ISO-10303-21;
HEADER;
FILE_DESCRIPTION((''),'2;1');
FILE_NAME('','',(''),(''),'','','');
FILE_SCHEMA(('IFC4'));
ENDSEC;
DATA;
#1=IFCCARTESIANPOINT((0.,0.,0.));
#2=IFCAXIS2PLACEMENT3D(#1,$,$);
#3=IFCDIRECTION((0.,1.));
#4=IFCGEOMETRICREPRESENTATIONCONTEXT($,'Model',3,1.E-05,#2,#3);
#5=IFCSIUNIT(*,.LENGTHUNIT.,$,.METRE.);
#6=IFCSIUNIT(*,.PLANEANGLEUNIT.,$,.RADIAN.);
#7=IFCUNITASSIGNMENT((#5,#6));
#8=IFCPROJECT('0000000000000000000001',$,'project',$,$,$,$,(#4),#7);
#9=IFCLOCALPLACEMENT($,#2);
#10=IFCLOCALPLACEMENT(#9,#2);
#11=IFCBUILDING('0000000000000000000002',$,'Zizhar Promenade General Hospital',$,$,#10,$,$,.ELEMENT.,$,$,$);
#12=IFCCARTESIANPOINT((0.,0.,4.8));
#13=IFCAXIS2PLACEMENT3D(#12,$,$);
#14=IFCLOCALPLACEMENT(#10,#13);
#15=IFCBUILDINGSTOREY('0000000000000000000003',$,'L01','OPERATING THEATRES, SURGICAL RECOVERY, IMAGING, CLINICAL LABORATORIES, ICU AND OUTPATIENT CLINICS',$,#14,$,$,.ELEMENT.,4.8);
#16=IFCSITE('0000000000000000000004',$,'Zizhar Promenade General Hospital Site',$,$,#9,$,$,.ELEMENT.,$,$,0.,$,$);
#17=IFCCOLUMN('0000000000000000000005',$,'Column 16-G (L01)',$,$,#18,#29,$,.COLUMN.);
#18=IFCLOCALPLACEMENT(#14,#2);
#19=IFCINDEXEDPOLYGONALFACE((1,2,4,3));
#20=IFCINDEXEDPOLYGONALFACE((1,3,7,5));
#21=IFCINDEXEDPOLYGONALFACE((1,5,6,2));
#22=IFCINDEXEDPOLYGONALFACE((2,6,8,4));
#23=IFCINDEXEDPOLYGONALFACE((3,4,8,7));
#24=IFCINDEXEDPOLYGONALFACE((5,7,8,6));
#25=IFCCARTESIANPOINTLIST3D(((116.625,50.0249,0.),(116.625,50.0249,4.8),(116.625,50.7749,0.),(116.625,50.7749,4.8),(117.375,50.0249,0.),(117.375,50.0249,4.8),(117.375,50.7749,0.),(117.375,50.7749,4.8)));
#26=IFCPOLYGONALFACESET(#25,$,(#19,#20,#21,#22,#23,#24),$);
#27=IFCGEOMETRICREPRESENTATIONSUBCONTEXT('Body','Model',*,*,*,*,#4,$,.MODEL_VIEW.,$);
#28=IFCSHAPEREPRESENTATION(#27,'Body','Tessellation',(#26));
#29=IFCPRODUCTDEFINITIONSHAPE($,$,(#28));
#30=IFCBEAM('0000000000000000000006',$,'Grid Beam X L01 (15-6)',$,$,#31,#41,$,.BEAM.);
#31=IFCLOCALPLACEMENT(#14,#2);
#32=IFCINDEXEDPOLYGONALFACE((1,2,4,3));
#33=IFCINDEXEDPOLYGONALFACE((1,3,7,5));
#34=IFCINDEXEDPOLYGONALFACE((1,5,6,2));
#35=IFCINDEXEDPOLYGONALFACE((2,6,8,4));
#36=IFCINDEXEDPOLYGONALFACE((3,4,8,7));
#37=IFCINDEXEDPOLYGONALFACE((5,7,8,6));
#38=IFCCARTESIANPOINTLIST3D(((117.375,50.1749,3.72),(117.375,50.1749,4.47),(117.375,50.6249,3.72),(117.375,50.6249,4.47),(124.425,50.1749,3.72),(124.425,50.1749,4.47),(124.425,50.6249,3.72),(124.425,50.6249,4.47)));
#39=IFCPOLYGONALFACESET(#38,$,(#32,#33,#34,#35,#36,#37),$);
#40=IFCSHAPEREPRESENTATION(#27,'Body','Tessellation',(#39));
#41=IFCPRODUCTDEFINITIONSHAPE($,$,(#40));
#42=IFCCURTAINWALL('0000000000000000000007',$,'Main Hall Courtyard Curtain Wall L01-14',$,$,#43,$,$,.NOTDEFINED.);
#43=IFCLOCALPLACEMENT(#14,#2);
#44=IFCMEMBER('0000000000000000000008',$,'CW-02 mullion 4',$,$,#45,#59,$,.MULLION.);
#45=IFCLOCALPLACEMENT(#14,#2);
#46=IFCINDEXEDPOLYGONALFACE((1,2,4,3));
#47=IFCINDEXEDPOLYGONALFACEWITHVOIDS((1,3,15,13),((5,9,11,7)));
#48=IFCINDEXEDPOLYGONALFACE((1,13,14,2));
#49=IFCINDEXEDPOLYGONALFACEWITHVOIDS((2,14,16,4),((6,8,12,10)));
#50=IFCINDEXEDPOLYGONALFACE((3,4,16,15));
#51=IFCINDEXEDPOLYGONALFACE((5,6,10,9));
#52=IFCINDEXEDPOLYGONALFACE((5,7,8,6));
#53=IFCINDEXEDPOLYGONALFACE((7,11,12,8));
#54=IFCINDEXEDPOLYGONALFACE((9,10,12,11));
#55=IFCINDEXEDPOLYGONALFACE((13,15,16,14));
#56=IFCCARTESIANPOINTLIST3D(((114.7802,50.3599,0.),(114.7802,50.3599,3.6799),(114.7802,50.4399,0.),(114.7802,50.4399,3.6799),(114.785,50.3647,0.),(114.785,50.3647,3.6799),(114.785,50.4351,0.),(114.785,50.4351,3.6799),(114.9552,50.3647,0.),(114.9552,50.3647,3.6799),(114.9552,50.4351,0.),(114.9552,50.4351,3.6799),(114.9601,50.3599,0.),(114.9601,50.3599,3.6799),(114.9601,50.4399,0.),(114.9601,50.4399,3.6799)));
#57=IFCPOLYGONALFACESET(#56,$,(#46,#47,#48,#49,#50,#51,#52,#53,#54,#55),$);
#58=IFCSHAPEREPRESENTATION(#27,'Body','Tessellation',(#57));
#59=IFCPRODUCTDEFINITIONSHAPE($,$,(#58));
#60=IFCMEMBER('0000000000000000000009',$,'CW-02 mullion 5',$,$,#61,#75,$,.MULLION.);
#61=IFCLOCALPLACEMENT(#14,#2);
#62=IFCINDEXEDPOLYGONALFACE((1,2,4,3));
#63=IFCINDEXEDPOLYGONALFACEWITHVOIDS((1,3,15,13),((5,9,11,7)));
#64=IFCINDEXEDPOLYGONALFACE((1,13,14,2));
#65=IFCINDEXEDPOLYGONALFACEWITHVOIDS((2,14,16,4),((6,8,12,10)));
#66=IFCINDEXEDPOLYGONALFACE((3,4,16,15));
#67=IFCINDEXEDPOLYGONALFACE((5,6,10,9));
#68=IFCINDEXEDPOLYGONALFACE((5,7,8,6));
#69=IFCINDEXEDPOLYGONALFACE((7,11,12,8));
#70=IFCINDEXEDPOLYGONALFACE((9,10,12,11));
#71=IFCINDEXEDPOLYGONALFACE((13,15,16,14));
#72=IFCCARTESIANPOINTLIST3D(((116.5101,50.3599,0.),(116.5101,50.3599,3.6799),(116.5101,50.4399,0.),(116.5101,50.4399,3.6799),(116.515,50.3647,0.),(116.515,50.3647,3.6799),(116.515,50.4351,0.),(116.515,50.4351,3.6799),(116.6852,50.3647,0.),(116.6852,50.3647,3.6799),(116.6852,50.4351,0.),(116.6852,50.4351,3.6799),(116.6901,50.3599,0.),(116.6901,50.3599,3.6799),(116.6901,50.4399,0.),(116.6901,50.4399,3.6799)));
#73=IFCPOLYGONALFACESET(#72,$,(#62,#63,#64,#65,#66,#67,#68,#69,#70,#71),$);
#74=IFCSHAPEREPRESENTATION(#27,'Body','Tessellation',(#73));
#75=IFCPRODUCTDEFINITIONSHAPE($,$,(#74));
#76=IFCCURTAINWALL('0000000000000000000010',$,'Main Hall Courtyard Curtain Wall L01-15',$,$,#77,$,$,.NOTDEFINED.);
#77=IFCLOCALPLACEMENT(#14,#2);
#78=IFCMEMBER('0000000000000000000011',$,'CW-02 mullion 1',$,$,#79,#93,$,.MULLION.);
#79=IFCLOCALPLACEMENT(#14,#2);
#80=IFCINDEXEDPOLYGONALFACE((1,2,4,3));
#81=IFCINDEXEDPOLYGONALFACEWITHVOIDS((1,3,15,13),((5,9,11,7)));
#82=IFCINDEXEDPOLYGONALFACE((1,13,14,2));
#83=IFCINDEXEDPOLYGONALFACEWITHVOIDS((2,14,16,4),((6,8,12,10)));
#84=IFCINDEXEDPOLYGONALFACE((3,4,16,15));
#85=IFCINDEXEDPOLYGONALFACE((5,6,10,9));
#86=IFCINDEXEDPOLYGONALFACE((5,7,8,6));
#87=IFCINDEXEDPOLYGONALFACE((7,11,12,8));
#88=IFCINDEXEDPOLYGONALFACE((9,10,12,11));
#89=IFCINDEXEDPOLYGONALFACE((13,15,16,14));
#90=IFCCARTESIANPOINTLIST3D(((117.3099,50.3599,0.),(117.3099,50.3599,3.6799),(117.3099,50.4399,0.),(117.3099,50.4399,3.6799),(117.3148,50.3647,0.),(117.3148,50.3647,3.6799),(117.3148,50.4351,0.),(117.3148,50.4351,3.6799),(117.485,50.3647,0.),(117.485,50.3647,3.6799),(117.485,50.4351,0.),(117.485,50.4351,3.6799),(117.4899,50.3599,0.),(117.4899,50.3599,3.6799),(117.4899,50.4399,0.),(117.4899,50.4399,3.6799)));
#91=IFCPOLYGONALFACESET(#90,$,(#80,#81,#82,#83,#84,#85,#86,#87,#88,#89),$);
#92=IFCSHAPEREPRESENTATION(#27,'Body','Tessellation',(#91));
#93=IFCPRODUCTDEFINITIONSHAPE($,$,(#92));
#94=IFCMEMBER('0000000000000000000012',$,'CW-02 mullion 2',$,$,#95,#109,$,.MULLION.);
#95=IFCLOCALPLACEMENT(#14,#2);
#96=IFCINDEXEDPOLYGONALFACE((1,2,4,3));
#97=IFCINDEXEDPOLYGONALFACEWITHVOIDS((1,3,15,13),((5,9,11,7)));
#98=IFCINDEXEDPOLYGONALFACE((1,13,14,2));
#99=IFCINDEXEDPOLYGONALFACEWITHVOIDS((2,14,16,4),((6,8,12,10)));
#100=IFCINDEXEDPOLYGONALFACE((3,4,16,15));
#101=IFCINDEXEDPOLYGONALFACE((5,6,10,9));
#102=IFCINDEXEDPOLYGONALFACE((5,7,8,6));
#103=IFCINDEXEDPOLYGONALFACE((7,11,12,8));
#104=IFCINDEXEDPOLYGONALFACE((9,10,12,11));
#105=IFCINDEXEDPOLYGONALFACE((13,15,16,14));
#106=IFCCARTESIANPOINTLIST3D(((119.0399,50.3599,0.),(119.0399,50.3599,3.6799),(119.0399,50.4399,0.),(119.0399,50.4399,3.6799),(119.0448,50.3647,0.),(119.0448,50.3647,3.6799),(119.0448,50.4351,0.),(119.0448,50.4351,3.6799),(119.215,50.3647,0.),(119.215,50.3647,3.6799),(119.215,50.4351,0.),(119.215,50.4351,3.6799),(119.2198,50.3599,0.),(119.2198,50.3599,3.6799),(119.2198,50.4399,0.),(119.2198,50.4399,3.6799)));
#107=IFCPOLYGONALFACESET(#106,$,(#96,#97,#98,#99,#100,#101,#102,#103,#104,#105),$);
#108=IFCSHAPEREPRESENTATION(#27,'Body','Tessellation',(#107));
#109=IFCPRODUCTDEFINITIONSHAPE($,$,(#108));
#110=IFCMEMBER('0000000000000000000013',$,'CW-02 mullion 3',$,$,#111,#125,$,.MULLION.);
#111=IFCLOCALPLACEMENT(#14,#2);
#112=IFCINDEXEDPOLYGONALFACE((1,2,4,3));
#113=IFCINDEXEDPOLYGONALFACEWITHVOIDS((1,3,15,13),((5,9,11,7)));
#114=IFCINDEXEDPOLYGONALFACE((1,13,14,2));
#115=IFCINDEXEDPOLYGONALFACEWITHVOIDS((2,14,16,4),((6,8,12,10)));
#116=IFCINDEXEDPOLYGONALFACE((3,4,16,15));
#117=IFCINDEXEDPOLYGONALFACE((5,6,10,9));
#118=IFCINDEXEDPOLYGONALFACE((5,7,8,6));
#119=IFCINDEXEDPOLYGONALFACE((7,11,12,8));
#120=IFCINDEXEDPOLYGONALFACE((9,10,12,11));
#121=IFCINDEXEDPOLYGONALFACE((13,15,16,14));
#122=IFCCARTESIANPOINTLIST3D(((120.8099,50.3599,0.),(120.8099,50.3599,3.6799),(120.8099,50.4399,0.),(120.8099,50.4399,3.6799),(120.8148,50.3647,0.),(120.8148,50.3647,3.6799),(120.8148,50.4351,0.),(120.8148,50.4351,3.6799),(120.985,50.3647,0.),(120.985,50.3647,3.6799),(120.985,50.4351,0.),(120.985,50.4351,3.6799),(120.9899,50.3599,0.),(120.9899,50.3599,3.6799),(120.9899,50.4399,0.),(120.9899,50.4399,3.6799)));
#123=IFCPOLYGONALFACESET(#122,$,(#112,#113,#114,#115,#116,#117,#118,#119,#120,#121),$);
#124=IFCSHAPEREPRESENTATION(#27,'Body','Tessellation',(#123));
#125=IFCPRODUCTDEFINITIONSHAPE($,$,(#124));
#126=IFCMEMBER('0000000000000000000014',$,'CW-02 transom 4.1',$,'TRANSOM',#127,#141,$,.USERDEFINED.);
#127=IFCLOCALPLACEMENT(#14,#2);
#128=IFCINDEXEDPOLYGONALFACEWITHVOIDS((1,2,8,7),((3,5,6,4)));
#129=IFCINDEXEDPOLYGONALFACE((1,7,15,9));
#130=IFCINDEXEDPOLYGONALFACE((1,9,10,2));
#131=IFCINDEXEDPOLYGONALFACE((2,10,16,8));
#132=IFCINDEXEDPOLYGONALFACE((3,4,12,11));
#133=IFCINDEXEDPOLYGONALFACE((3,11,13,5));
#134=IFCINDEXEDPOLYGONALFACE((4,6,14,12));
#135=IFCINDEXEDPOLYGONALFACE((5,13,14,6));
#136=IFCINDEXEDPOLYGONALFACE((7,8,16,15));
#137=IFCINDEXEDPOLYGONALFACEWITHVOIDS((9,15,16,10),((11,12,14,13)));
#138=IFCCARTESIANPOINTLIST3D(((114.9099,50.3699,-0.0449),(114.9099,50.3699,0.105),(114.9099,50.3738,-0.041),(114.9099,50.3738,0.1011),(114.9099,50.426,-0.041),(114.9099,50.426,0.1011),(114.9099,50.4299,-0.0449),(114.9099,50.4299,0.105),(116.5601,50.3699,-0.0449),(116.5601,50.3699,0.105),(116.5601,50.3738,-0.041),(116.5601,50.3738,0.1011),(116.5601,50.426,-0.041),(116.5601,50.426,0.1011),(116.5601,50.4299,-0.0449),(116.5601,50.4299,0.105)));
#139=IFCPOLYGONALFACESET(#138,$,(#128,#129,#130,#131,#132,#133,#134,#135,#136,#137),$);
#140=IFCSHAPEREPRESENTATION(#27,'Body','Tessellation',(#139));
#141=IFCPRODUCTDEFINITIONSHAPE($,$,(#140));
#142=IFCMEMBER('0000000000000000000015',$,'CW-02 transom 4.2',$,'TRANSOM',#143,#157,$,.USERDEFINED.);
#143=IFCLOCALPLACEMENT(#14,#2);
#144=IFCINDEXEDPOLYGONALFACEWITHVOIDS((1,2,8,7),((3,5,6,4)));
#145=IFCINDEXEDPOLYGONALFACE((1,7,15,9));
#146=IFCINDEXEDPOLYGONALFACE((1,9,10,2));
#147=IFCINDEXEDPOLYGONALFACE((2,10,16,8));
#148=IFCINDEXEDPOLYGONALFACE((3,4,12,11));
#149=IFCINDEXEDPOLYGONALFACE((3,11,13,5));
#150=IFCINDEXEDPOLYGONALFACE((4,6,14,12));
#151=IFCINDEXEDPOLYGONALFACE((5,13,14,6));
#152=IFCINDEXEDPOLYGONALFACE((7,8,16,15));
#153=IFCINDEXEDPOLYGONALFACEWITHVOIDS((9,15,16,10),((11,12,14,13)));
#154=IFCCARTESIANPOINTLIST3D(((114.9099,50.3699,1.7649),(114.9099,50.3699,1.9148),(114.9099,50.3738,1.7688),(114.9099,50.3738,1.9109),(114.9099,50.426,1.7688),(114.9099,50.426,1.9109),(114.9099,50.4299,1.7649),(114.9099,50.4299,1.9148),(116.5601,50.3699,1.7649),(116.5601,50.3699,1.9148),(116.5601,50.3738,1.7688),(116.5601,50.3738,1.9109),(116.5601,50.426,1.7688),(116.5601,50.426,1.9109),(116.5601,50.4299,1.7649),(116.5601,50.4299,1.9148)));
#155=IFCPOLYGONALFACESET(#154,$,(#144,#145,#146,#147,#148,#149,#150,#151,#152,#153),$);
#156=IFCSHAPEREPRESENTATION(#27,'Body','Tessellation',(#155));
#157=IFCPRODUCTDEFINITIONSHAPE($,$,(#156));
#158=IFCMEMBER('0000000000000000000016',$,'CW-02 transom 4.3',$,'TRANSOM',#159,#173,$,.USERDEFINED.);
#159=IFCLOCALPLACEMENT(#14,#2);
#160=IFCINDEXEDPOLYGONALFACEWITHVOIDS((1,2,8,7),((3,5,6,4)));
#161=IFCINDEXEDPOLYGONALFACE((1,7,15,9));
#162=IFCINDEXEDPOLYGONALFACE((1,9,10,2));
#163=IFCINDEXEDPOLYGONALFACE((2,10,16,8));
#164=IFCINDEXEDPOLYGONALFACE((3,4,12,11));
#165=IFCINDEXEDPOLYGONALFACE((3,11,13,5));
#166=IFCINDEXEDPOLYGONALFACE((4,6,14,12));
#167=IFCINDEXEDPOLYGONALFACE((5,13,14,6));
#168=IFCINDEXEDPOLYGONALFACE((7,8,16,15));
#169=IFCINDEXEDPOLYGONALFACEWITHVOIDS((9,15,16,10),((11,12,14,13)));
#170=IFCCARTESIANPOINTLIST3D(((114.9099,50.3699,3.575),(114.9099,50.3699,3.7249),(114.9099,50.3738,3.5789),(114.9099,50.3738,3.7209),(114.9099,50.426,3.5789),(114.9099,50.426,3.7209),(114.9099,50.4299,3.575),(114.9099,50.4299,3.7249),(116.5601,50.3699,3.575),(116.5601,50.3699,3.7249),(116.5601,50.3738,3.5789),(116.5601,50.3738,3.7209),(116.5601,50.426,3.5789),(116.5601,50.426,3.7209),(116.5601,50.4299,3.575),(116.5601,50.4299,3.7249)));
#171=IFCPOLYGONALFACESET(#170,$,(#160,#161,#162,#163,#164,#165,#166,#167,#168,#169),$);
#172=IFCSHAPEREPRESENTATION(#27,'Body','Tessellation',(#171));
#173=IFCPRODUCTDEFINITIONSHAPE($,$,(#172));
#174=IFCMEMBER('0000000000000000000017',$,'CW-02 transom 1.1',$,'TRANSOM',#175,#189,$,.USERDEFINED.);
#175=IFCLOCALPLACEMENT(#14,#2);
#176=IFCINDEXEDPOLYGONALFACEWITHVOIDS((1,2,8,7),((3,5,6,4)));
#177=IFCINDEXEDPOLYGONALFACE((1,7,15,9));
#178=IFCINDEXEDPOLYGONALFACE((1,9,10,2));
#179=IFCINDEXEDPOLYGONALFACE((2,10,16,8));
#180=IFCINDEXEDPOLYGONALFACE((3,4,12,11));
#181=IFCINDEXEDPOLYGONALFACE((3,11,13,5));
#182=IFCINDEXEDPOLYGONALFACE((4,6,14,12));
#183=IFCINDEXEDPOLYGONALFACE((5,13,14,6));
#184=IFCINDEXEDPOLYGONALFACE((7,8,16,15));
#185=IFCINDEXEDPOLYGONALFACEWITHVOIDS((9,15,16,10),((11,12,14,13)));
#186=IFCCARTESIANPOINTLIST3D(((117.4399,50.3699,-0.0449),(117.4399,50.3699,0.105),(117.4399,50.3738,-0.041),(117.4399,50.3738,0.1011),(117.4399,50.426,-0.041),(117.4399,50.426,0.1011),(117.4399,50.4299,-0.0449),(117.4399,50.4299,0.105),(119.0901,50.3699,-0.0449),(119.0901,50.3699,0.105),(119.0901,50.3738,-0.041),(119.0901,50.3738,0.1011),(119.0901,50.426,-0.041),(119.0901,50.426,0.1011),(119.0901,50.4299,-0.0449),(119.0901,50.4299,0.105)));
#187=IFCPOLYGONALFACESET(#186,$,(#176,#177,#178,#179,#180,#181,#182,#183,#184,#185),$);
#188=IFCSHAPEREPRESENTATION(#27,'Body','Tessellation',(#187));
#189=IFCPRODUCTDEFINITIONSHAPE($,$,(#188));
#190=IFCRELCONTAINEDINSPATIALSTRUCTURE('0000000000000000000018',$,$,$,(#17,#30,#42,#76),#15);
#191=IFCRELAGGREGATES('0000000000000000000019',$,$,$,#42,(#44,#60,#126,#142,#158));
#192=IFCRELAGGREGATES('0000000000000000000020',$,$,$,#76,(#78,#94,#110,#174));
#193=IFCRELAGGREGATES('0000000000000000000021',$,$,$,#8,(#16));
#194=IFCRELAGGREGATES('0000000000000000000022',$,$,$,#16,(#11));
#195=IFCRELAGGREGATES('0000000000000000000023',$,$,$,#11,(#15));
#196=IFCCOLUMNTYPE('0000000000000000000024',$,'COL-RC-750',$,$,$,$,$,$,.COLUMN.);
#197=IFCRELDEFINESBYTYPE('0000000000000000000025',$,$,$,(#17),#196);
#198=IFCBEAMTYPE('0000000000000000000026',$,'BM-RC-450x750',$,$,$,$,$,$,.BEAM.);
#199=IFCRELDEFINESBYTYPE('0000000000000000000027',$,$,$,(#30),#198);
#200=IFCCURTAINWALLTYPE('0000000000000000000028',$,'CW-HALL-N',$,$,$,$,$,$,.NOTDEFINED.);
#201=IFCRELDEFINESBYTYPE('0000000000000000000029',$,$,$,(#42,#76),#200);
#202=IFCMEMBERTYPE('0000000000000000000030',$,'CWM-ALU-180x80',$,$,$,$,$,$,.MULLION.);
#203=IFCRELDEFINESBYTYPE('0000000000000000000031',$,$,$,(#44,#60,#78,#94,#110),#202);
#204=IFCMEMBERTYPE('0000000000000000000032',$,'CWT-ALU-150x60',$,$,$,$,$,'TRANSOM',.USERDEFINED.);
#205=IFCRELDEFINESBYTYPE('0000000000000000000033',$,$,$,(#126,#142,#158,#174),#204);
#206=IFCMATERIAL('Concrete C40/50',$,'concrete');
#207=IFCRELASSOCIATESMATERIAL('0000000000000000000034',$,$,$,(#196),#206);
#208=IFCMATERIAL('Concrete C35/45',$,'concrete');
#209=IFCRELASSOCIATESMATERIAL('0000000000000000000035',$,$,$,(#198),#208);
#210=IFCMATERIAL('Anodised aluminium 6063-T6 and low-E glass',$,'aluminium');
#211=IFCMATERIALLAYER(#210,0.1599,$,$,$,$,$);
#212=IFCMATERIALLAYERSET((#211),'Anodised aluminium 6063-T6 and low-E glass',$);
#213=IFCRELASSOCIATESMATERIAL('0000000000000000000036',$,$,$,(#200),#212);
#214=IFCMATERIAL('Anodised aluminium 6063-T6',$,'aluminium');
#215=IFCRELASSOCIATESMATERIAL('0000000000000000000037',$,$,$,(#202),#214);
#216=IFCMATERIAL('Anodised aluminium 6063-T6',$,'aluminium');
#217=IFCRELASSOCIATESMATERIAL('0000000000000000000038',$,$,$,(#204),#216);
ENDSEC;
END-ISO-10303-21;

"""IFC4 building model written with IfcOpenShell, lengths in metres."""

from ifc_helpers import new_model, si_unit, direction, frame, origin, origin_2d, place, context, subcontext, project, spatial, rectangle, hollow_rectangle, extrude, material, layer, layer_set, material_profile, profile_set, type_object, element, aggregate, save


model = new_model("IFC4")

# Units and contexts
model_context = context("Model", 3, precision=1e-05, world=origin(), true_north=direction((0.0, 1.0)))
body_context = subcontext(model_context, "Body", "Model", "MODEL_VIEW")
ifc_project = project(units=[si_unit("LENGTHUNIT", "METRE"), si_unit("PLANEANGLEUNIT", "RADIAN")], contexts=[model_context])

# Site, building, storey
site_placement = place(None, origin())
site = spatial("IfcSite", under=ifc_project, at=site_placement, Name="Zizhar Promenade General Hospital Site", CompositionType="ELEMENT", RefElevation=0.0)
building_placement = place(site_placement, origin())
building = spatial("IfcBuilding", under=site, at=building_placement, Name="Zizhar Promenade General Hospital", CompositionType="ELEMENT")
storey_placement = place(building_placement, frame((0.0, 0.0, 4.8)))
storey = spatial("IfcBuildingStorey", under=building, at=storey_placement, Name="L01", Description="OPERATING THEATRES, SURGICAL RECOVERY, IMAGING, CLINICAL LABORATORIES, ICU AND OUTPATIENT CLINICS", CompositionType="ELEMENT", Elevation=4.8)

# Column
ifc_material_1 = material(Name="Concrete C40/50", Category="concrete")
ifc_material_profile_1 = material_profile(ifc_material_1, rectangle(XDim=0.75, YDim=0.75, at=origin_2d()))
ifc_profile_set_1 = profile_set([ifc_material_profile_1], Name="Concrete C40/50")
column_type = type_object("IfcColumnType", Name="COL-RC-750", PredefinedType="COLUMN", material=ifc_profile_set_1)
column_placement = place(storey_placement, frame((117.0, 50.3999, 0.0), z_axis=(0.0, 0.0, 1.0), x_axis=(1.0, 0.0, 0.0)))
element("IfcColumn", 1, at=column_placement, inside=storey, type_object=column_type, Name="Column 16-G (L01)", PredefinedType="COLUMN", context=body_context, shape_type="SweptSolid", body=[
    extrude(rectangle(XDim=0.75, YDim=0.75, at=origin_2d()), origin(), (0.0, 0.0, 1.0), 4.8),
])

# Beam
ifc_material_2 = material(Name="Concrete C35/45", Category="concrete")
ifc_material_profile_2 = material_profile(ifc_material_2, rectangle(XDim=0.45, YDim=0.75, at=origin_2d()))
ifc_profile_set_2 = profile_set([ifc_material_profile_2], Name="Concrete C35/45")
beam_type = type_object("IfcBeamType", Name="BM-RC-450x750", PredefinedType="BEAM", material=ifc_profile_set_2)
beam_placement = place(storey_placement, frame((117.375, 50.3999, 4.095), z_axis=(1.0, 0.0, 0.0), x_axis=(0.0, 1.0, 0.0)))
element("IfcBeam", 2, at=beam_placement, inside=storey, type_object=beam_type, Name="Grid Beam X L01 (15-6)", PredefinedType="BEAM", context=body_context, shape_type="SweptSolid", body=[
    extrude(rectangle(XDim=0.45, YDim=0.75, at=origin_2d()), origin(), (0.0, 0.0, 1.0), 7.05),
])

# Curtain walls, members
ifc_material_3 = material(Name="Anodised aluminium 6063-T6 and low-E glass", Category="aluminium")
ifc_layer_1 = layer(ifc_material_3, 0.1599)
ifc_layer_set_1 = layer_set([ifc_layer_1], Name="Anodised aluminium 6063-T6 and low-E glass")
curtain_wall_type = type_object("IfcCurtainWallType", Name="CW-HALL-N", PredefinedType="NOTDEFINED", material=ifc_layer_set_1)
curtain_wall_1_placement = place(storey_placement, origin())
curtain_wall_1 = element("IfcCurtainWall", 3, at=curtain_wall_1_placement, inside=storey, type_object=curtain_wall_type, Name="Main Hall Courtyard Curtain Wall L01-14", PredefinedType="NOTDEFINED")
ifc_material_4 = material(Name="Anodised aluminium 6063-T6", Category="aluminium")
ifc_material_profile_3 = material_profile(ifc_material_4, hollow_rectangle(XDim=0.0801, YDim=0.1799, WallThickness=0.0049, at=origin_2d()))
ifc_profile_set_3 = profile_set([ifc_material_profile_3], Name="Anodised aluminium 6063-T6")
member_type_1 = type_object("IfcMemberType", Name="CWM-ALU-180x80", PredefinedType="MULLION", material=ifc_profile_set_3)
member_1_placement = place(storey_placement, frame((114.8701, 50.3999, 0.0), z_axis=(0.0, 0.0, 1.0), x_axis=(0.0, 1.0, 0.0)))
member_1 = element("IfcMember", 4, at=member_1_placement, type_object=member_type_1, Name="CW-02 mullion 4", PredefinedType="MULLION", context=body_context, shape_type="SweptSolid", body=[
    extrude(hollow_rectangle(XDim=0.0801, YDim=0.1799, WallThickness=0.0049, at=origin_2d()), origin(), (0.0, 0.0, 1.0), 3.6799),
])
member_2_placement = place(storey_placement, frame((116.6001, 50.3999, 0.0), z_axis=(0.0, 0.0, 1.0), x_axis=(0.0, 1.0, 0.0)))
member_2 = element("IfcMember", 5, at=member_2_placement, type_object=member_type_1, Name="CW-02 mullion 5", PredefinedType="MULLION", context=body_context, shape_type="SweptSolid", body=[
    extrude(hollow_rectangle(XDim=0.0801, YDim=0.1799, WallThickness=0.0049, at=origin_2d()), origin(), (0.0, 0.0, 1.0), 3.6799),
])
curtain_wall_2_placement = place(storey_placement, origin())
curtain_wall_2 = element("IfcCurtainWall", 6, at=curtain_wall_2_placement, inside=storey, type_object=curtain_wall_type, Name="Main Hall Courtyard Curtain Wall L01-15", PredefinedType="NOTDEFINED")
member_3_placement = place(storey_placement, frame((117.3999, 50.3999, 0.0), z_axis=(0.0, 0.0, 1.0), x_axis=(0.0, 1.0, 0.0)))
member_3 = element("IfcMember", 7, at=member_3_placement, type_object=member_type_1, Name="CW-02 mullion 1", PredefinedType="MULLION", context=body_context, shape_type="SweptSolid", body=[
    extrude(hollow_rectangle(XDim=0.0801, YDim=0.1799, WallThickness=0.0049, at=origin_2d()), origin(), (0.0, 0.0, 1.0), 3.6799),
])
member_4_placement = place(storey_placement, frame((119.1299, 50.3999, 0.0), z_axis=(0.0, 0.0, 1.0), x_axis=(0.0, 1.0, 0.0)))
member_4 = element("IfcMember", 8, at=member_4_placement, type_object=member_type_1, Name="CW-02 mullion 2", PredefinedType="MULLION", context=body_context, shape_type="SweptSolid", body=[
    extrude(hollow_rectangle(XDim=0.0801, YDim=0.1799, WallThickness=0.0049, at=origin_2d()), origin(), (0.0, 0.0, 1.0), 3.6799),
])
member_5_placement = place(storey_placement, frame((120.8999, 50.3999, 0.0), z_axis=(0.0, 0.0, 1.0), x_axis=(0.0, 1.0, 0.0)))
member_5 = element("IfcMember", 9, at=member_5_placement, type_object=member_type_1, Name="CW-02 mullion 3", PredefinedType="MULLION", context=body_context, shape_type="SweptSolid", body=[
    extrude(hollow_rectangle(XDim=0.0801, YDim=0.1799, WallThickness=0.0049, at=origin_2d()), origin(), (0.0, 0.0, 1.0), 3.6799),
])

# Members
ifc_material_5 = material(Name="Anodised aluminium 6063-T6", Category="aluminium")
ifc_material_profile_4 = material_profile(ifc_material_5, hollow_rectangle(XDim=0.0601, YDim=0.1499, WallThickness=0.0039, at=origin_2d()))
ifc_profile_set_4 = profile_set([ifc_material_profile_4], Name="Anodised aluminium 6063-T6")
member_type_2 = type_object("IfcMemberType", Name="CWT-ALU-150x60", ElementType="TRANSOM", PredefinedType="USERDEFINED", material=ifc_profile_set_4)
member_6_placement = place(storey_placement, frame((114.9099, 50.3999, 0.03), z_axis=(1.0, 0.0, 0.0), x_axis=(0.0, 1.0, 0.0)))
member_6 = element("IfcMember", 10, at=member_6_placement, type_object=member_type_2, Name="CW-02 transom 4.1", ObjectType="TRANSOM", PredefinedType="USERDEFINED", context=body_context, shape_type="SweptSolid", body=[
    extrude(hollow_rectangle(XDim=0.0601, YDim=0.1499, WallThickness=0.0039, at=origin_2d()), origin(), (0.0, 0.0, 1.0), 1.6501),
])
member_7_placement = place(storey_placement, frame((114.9099, 50.3999, 1.8398), z_axis=(1.0, 0.0, 0.0), x_axis=(0.0, 1.0, 0.0)))
member_7 = element("IfcMember", 11, at=member_7_placement, type_object=member_type_2, Name="CW-02 transom 4.2", ObjectType="TRANSOM", PredefinedType="USERDEFINED", context=body_context, shape_type="SweptSolid", body=[
    extrude(hollow_rectangle(XDim=0.0601, YDim=0.1499, WallThickness=0.0039, at=origin_2d()), origin(), (0.0, 0.0, 1.0), 1.6501),
])
member_8_placement = place(storey_placement, frame((114.9099, 50.3999, 3.6499), z_axis=(1.0, 0.0, 0.0), x_axis=(0.0, 1.0, 0.0)))
member_8 = element("IfcMember", 12, at=member_8_placement, type_object=member_type_2, Name="CW-02 transom 4.3", ObjectType="TRANSOM", PredefinedType="USERDEFINED", context=body_context, shape_type="SweptSolid", body=[
    extrude(hollow_rectangle(XDim=0.0601, YDim=0.1499, WallThickness=0.0039, at=origin_2d()), origin(), (0.0, 0.0, 1.0), 1.6501),
])
member_9_placement = place(storey_placement, frame((117.4399, 50.3999, 0.03), z_axis=(1.0, 0.0, 0.0), x_axis=(0.0, 1.0, 0.0)))
member_9 = element("IfcMember", 13, at=member_9_placement, type_object=member_type_2, Name="CW-02 transom 1.1", ObjectType="TRANSOM", PredefinedType="USERDEFINED", context=body_context, shape_type="SweptSolid", body=[
    extrude(hollow_rectangle(XDim=0.0601, YDim=0.1499, WallThickness=0.0039, at=origin_2d()), origin(), (0.0, 0.0, 1.0), 1.6501),
])

aggregate(curtain_wall_1, [member_1, member_2, member_6, member_7, member_8])
aggregate(curtain_wall_2, [member_3, member_4, member_5, member_9])

save(model, "model.ifc")
